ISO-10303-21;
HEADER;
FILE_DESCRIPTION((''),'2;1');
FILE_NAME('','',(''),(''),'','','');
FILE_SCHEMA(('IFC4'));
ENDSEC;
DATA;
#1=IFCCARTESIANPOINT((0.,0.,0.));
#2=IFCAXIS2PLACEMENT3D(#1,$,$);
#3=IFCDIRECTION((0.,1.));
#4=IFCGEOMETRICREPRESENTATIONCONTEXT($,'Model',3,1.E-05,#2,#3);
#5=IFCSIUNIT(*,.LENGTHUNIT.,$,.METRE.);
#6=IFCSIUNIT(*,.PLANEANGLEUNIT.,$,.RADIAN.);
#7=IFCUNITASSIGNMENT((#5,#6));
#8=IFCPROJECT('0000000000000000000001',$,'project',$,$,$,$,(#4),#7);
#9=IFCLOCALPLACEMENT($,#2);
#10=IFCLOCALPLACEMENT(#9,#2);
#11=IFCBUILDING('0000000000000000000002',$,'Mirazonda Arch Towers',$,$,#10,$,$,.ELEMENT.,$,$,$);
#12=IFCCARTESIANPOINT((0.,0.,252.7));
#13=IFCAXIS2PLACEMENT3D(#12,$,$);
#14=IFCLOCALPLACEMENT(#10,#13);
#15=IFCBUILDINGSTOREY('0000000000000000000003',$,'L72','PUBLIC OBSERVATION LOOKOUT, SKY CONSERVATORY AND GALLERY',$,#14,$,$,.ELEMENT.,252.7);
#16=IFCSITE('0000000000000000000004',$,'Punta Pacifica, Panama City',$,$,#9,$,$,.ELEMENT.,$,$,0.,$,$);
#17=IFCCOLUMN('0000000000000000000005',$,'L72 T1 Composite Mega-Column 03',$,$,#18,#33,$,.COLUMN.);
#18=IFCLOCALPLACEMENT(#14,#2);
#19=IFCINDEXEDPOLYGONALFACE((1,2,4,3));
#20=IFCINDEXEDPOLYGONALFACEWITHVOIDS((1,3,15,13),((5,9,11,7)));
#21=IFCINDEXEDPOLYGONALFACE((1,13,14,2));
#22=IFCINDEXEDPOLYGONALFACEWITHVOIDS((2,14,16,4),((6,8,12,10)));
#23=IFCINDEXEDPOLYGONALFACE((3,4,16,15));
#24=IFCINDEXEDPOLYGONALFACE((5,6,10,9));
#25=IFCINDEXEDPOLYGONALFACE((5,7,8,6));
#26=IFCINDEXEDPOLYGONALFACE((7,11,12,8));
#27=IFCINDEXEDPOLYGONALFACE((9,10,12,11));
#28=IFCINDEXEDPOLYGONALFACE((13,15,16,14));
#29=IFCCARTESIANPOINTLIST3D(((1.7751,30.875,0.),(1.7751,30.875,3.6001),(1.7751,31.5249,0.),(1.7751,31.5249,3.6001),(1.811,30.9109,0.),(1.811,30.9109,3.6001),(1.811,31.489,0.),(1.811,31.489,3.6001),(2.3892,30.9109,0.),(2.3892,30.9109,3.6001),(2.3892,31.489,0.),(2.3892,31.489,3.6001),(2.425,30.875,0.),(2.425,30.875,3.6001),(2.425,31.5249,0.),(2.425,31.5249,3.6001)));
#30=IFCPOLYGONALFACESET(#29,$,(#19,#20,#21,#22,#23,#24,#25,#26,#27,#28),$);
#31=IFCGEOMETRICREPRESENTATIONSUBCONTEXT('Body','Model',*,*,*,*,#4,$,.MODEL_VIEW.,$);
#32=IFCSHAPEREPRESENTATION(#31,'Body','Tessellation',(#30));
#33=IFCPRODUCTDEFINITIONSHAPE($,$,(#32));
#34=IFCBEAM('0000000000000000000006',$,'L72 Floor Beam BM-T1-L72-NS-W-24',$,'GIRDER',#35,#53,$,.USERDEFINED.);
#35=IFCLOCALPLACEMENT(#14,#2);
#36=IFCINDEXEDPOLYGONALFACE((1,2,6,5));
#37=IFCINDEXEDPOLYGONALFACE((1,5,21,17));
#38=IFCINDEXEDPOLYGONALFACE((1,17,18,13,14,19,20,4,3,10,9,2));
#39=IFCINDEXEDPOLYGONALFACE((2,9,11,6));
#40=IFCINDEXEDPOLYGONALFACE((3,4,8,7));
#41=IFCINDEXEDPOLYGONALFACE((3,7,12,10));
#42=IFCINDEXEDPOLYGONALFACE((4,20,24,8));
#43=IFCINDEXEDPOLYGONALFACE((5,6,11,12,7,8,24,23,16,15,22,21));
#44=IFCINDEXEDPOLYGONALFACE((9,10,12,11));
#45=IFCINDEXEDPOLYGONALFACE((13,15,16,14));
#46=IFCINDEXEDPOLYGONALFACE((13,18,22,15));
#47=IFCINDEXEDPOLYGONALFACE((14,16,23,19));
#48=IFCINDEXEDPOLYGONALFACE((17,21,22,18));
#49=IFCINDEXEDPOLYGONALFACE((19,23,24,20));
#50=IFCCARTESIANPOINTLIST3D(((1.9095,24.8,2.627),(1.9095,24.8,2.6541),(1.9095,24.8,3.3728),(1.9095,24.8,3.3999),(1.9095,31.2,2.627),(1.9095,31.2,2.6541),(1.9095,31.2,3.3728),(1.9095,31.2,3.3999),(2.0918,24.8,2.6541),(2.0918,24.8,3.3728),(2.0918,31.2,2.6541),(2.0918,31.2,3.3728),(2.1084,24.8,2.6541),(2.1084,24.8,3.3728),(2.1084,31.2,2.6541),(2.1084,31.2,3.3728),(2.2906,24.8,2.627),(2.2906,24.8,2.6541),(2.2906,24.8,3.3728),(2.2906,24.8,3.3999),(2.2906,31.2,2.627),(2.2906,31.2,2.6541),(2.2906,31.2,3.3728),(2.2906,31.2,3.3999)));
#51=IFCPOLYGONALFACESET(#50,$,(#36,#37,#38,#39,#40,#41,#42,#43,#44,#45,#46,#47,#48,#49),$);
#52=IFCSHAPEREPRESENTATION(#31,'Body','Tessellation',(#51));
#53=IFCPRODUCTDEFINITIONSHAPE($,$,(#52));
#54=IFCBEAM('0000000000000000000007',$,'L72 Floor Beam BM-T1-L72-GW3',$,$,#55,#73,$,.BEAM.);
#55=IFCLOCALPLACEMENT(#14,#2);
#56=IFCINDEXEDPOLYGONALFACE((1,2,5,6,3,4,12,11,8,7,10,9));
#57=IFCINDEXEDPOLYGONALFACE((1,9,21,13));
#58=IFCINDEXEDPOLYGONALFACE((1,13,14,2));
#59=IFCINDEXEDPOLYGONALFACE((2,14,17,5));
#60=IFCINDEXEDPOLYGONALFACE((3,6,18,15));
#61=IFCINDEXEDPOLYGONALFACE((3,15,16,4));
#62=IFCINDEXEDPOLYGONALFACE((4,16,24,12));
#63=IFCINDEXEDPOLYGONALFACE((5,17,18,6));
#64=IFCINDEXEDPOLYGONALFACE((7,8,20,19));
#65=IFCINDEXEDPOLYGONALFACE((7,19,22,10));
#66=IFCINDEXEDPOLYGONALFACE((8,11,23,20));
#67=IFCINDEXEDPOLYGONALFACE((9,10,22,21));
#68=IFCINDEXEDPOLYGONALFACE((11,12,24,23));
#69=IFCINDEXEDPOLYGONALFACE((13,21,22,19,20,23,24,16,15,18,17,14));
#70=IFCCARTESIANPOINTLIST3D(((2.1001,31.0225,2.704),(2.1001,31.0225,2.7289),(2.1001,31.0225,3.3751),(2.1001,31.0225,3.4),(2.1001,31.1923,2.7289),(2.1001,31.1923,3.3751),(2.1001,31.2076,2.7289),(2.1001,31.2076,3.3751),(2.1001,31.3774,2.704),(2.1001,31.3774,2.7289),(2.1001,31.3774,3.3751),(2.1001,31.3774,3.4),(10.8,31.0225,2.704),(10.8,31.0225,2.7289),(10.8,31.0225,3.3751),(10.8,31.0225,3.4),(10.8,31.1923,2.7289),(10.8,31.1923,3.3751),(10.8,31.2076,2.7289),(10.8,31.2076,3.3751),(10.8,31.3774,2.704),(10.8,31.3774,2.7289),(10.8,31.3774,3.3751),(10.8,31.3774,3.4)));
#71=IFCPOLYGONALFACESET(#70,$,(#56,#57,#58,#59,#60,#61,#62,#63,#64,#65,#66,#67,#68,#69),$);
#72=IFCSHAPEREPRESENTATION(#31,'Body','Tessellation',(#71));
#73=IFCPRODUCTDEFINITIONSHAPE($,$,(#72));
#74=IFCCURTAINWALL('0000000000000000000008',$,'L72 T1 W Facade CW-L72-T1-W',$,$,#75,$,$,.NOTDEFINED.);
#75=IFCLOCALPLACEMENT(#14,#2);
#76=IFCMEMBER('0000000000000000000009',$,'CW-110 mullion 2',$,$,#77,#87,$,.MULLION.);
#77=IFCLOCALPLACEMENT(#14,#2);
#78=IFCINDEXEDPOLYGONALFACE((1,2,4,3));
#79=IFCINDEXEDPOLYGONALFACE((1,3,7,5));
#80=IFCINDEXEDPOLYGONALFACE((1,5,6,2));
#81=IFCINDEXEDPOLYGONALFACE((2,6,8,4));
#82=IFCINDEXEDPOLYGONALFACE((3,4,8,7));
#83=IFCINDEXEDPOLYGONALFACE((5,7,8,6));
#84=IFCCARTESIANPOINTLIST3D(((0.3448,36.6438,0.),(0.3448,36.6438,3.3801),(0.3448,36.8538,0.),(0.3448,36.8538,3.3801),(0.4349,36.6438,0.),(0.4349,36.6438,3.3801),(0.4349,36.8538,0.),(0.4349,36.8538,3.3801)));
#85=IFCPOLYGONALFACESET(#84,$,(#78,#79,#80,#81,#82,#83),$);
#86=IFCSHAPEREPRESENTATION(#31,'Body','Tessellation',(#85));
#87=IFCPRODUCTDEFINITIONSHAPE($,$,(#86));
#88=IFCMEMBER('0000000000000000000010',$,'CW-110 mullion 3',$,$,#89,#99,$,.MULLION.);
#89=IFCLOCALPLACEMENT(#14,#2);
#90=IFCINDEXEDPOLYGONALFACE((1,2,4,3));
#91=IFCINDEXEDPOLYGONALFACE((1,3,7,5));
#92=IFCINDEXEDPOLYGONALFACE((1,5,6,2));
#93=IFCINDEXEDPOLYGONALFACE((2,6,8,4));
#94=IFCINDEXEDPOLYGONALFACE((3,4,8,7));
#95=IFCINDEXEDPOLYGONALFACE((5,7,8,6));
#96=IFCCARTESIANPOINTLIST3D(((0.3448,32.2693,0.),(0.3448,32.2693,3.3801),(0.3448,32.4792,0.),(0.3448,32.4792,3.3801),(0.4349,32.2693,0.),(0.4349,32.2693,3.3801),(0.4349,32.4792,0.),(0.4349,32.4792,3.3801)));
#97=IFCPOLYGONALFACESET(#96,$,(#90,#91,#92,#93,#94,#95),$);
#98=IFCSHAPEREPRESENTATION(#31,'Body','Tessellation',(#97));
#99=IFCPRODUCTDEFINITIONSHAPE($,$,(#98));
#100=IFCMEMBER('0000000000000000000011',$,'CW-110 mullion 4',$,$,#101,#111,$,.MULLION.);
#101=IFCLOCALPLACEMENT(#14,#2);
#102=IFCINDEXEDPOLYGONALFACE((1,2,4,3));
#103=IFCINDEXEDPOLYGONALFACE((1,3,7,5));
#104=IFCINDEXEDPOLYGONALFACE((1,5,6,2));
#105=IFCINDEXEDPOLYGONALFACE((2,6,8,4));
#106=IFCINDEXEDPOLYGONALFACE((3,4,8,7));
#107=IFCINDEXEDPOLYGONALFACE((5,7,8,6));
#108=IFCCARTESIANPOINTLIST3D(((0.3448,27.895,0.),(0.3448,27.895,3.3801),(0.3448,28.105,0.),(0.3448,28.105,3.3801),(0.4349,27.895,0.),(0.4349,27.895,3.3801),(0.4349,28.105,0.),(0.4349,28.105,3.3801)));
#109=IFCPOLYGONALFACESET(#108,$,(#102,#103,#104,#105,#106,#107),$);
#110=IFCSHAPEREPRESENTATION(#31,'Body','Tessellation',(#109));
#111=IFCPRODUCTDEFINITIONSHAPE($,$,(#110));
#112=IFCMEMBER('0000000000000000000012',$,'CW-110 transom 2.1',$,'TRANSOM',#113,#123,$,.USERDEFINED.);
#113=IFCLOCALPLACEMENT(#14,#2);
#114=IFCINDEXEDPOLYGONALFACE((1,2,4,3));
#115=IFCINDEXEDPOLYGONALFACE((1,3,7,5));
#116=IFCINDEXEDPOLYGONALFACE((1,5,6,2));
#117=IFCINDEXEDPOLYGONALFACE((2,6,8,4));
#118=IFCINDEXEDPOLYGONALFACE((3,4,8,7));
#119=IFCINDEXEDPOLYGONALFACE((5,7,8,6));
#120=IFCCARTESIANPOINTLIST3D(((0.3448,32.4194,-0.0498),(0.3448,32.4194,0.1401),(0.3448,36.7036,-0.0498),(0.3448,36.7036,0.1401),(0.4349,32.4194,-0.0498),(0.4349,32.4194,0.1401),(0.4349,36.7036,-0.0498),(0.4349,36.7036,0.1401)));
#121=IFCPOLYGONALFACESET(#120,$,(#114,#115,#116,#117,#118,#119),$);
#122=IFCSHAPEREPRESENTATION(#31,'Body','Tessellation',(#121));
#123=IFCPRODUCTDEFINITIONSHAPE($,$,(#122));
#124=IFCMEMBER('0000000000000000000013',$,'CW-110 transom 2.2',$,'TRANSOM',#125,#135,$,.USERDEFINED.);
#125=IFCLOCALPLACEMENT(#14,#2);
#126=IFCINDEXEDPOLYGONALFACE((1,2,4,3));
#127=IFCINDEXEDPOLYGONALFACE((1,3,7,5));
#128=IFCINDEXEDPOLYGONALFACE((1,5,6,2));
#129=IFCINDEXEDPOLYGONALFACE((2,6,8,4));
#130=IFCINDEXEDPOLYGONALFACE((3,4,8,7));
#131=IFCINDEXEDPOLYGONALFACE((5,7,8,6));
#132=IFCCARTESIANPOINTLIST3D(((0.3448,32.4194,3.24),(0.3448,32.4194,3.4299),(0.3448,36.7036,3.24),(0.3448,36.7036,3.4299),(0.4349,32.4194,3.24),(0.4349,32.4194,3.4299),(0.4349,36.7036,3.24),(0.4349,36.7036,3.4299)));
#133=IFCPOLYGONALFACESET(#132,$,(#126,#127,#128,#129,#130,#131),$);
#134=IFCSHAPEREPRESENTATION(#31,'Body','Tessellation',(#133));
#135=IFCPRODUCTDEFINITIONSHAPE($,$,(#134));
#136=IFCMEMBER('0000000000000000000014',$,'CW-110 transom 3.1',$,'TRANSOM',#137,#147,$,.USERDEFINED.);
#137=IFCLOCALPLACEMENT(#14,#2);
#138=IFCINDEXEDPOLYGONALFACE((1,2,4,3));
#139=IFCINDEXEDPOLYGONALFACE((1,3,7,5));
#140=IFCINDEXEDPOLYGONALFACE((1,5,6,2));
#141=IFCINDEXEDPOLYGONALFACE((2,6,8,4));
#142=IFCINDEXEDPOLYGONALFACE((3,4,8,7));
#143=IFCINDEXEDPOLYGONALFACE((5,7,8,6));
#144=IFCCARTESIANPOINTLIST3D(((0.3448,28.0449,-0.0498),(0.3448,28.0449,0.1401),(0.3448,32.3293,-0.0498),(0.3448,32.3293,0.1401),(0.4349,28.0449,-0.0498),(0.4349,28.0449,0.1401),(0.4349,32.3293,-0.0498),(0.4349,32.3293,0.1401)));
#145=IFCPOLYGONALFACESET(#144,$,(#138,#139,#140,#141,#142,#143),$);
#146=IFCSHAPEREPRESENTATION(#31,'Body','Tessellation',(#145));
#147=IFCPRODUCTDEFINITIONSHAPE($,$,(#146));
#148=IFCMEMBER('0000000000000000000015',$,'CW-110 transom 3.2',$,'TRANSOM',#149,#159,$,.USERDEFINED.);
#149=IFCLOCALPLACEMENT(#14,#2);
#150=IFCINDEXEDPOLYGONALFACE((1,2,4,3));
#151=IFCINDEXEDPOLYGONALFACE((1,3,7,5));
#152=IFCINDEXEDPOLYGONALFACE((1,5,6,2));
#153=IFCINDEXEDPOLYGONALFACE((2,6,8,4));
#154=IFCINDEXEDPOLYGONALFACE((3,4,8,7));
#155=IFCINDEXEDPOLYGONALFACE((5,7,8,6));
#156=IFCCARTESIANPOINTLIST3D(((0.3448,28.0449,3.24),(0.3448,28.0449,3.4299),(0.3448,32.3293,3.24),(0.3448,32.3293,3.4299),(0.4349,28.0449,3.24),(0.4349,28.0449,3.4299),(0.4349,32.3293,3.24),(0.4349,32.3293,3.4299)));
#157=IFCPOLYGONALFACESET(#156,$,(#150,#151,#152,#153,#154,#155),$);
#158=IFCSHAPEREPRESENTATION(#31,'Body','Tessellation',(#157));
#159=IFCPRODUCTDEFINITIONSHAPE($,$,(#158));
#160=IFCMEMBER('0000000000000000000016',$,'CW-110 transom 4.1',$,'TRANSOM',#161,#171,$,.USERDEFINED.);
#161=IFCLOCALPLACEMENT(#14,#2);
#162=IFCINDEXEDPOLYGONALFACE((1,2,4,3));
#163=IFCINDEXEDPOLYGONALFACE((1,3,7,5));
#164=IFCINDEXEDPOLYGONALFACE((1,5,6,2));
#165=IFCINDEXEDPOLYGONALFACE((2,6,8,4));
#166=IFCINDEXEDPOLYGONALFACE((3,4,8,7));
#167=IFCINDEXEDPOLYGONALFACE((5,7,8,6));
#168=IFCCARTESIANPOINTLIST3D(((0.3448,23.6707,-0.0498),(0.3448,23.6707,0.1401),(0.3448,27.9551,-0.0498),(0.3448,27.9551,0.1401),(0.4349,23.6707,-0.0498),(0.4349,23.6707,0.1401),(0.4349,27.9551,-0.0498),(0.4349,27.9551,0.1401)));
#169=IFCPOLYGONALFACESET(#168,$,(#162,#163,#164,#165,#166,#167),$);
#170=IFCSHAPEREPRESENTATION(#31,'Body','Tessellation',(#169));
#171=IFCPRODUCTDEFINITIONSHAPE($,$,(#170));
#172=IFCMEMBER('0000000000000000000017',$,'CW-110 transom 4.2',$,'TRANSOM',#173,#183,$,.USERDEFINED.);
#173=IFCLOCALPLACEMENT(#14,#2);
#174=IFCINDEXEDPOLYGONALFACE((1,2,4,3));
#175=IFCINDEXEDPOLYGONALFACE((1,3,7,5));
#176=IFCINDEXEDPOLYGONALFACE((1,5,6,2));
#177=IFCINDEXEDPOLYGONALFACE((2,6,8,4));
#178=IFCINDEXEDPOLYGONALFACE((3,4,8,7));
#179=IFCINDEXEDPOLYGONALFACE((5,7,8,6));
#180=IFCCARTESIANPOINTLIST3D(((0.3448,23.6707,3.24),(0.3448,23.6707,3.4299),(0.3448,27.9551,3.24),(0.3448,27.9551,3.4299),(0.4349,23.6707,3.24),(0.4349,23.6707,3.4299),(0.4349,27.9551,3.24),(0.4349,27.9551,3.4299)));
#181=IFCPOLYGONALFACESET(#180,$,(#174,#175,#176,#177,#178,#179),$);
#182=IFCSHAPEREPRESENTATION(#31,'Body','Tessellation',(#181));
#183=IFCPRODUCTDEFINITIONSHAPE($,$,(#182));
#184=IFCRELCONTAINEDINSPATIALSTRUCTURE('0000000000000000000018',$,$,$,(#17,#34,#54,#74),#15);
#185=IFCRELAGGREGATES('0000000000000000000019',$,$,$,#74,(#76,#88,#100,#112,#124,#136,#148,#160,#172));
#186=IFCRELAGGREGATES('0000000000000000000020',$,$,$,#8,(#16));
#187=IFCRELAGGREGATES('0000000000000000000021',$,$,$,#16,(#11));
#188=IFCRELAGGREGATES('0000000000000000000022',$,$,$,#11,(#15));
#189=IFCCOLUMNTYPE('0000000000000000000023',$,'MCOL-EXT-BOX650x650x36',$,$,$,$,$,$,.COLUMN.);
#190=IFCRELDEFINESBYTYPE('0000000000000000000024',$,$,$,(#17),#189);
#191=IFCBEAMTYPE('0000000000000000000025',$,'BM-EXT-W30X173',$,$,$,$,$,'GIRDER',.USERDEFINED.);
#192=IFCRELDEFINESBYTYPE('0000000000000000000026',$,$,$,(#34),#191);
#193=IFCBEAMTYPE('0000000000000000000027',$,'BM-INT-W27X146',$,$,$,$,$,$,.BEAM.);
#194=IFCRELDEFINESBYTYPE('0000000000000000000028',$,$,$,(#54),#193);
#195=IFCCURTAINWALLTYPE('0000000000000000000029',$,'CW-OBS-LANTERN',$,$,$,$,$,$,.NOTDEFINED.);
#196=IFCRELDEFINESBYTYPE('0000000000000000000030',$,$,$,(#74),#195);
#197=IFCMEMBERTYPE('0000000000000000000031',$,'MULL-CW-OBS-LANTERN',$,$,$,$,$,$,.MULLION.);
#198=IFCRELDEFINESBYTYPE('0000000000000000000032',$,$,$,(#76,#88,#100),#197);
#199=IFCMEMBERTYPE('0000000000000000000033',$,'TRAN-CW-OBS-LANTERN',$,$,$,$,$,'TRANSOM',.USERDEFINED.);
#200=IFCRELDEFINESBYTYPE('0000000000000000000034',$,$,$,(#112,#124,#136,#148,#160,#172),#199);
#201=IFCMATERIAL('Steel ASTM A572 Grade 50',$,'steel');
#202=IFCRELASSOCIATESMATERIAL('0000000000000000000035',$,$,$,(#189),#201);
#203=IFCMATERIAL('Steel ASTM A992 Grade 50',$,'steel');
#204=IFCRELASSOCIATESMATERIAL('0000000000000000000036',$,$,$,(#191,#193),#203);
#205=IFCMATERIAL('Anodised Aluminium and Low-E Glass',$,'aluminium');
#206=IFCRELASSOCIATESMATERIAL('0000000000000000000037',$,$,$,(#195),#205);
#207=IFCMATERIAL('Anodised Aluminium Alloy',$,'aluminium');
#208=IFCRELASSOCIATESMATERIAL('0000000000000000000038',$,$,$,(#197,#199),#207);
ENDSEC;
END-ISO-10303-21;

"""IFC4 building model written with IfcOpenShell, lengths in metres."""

from ifc_helpers import new_model, si_unit, direction, frame, origin, origin_2d, place, context, subcontext, project, spatial, rectangle, hollow_rectangle, i_section, extrude, material, material_profile, profile_set, type_object, element, aggregate, save


model = new_model("IFC4")

# Units and contexts
model_context = context("Model", 3, precision=1e-05, world=origin(), true_north=direction((0.0, 1.0)))
body_context = subcontext(model_context, "Body", "Model", "MODEL_VIEW")
ifc_project = project(units=[si_unit("LENGTHUNIT", "METRE"), si_unit("PLANEANGLEUNIT", "RADIAN")], contexts=[model_context])

# Site, building, storey
site_placement = place(None, origin())
site = spatial("IfcSite", under=ifc_project, at=site_placement, Name="Punta Pacifica, Panama City", CompositionType="ELEMENT", RefElevation=0.0)
building_placement = place(site_placement, origin())
building = spatial("IfcBuilding", under=site, at=building_placement, Name="Mirazonda Arch Towers", CompositionType="ELEMENT")
storey_placement = place(building_placement, frame((0.0, 0.0, 252.7)))
storey = spatial("IfcBuildingStorey", under=building, at=storey_placement, Name="L72", Description="PUBLIC OBSERVATION LOOKOUT, SKY CONSERVATORY AND GALLERY", CompositionType="ELEMENT", Elevation=252.7)

# Column
ifc_material_1 = material(Name="Steel ASTM A572 Grade 50", Category="steel")
ifc_material_profile_1 = material_profile(ifc_material_1, hollow_rectangle(XDim=0.6499, YDim=0.6499, WallThickness=0.0359, at=origin_2d()), Name="BOX650x650x36")
ifc_profile_set_1 = profile_set([ifc_material_profile_1], Name="Steel ASTM A572 Grade 50")
column_type = type_object("IfcColumnType", Name="MCOL-EXT-BOX650x650x36", PredefinedType="COLUMN", material=ifc_profile_set_1)
column_placement = place(storey_placement, frame((2.1001, 31.2, 0.0), z_axis=(0.0, 0.0, 1.0), x_axis=(1.0, 0.0, 0.0)))
element("IfcColumn", 1, at=column_placement, inside=storey, type_object=column_type, Name="L72 T1 Composite Mega-Column 03", PredefinedType="COLUMN", context=body_context, shape_type="SweptSolid", body=[
    extrude(hollow_rectangle(XDim=0.6499, YDim=0.6499, WallThickness=0.0359, at=origin_2d()), origin(), (0.0, 0.0, 1.0), 3.6001),
])

# Beams
ifc_material_2 = material(Name="Steel ASTM A992 Grade 50", Category="steel")
ifc_material_profile_2 = material_profile(ifc_material_2, i_section(OverallWidth=0.3811, OverallDepth=0.7729, WebThickness=0.0166, FlangeThickness=0.0271, at=origin_2d()), Name="W30X173")
ifc_profile_set_2 = profile_set([ifc_material_profile_2], Name="Steel ASTM A992 Grade 50")
beam_type_1 = type_object("IfcBeamType", Name="BM-EXT-W30X173", ElementType="GIRDER", PredefinedType="USERDEFINED", material=ifc_profile_set_2)
beam_1_placement = place(storey_placement, frame((2.1001, 24.8, 3.0134), z_axis=(0.0, 1.0, 0.0), x_axis=(-1.0, 0.0, 0.0)))
element("IfcBeam", 2, at=beam_1_placement, inside=storey, type_object=beam_type_1, Name="L72 Floor Beam BM-T1-L72-NS-W-24", ObjectType="GIRDER", PredefinedType="USERDEFINED", context=body_context, shape_type="SweptSolid", body=[
    extrude(i_section(OverallWidth=0.3811, OverallDepth=0.7729, WebThickness=0.0166, FlangeThickness=0.0271, at=origin_2d()), origin(), (0.0, 0.0, 1.0), 6.3999),
])
ifc_material_profile_3 = material_profile(ifc_material_2, i_section(OverallWidth=0.355, OverallDepth=0.696, WebThickness=0.0154, FlangeThickness=0.0249, at=origin_2d()), Name="W27X146")
ifc_profile_set_3 = profile_set([ifc_material_profile_3], Name="Steel ASTM A992 Grade 50")
beam_type_2 = type_object("IfcBeamType", Name="BM-INT-W27X146", PredefinedType="BEAM", material=ifc_profile_set_3)
beam_2_placement = place(storey_placement, frame((2.1001, 31.2, 3.052), z_axis=(1.0, 0.0, 0.0), x_axis=(0.0, 1.0, 0.0)))
element("IfcBeam", 3, at=beam_2_placement, inside=storey, type_object=beam_type_2, Name="L72 Floor Beam BM-T1-L72-GW3", PredefinedType="BEAM", context=body_context, shape_type="SweptSolid", body=[
    extrude(i_section(OverallWidth=0.355, OverallDepth=0.696, WebThickness=0.0154, FlangeThickness=0.0249, at=origin_2d()), origin(), (0.0, 0.0, 1.0), 8.7),
])

# Curtain wall, members
ifc_material_3 = material(Name="Anodised Aluminium and Low-E Glass", Category="aluminium")
curtain_wall_type = type_object("IfcCurtainWallType", Name="CW-OBS-LANTERN", PredefinedType="NOTDEFINED", material=ifc_material_3)
curtain_wall_placement = place(storey_placement, origin())
curtain_wall = element("IfcCurtainWall", 4, at=curtain_wall_placement, inside=storey, type_object=curtain_wall_type, Name="L72 T1 W Facade CW-L72-T1-W", PredefinedType="NOTDEFINED")
ifc_material_4 = material(Name="Anodised Aluminium Alloy", Category="aluminium")
ifc_material_profile_4 = material_profile(ifc_material_4, rectangle(XDim=0.0901, YDim=0.21, at=origin_2d()), Name="ALU-MULL-90x210")
ifc_profile_set_4 = profile_set([ifc_material_profile_4], Name="Anodised Aluminium Alloy")
member_type_1 = type_object("IfcMemberType", Name="MULL-CW-OBS-LANTERN", PredefinedType="MULLION", material=ifc_profile_set_4)
member_1_placement = place(storey_placement, frame((0.3899, 36.7488, 0.0), z_axis=(0.0, 0.0, 1.0), x_axis=(1.0, 0.0, 0.0)))
member_1 = element("IfcMember", 5, at=member_1_placement, type_object=member_type_1, Name="CW-110 mullion 2", PredefinedType="MULLION", context=body_context, shape_type="SweptSolid", body=[
    extrude(rectangle(XDim=0.0901, YDim=0.21, at=origin_2d()), origin(), (0.0, 0.0, 1.0), 3.3801),
])
member_2_placement = place(storey_placement, frame((0.3899, 32.3743, 0.0), z_axis=(0.0, 0.0, 1.0), x_axis=(1.0, 0.0, 0.0)))
member_2 = element("IfcMember", 6, at=member_2_placement, type_object=member_type_1, Name="CW-110 mullion 3", PredefinedType="MULLION", context=body_context, shape_type="SweptSolid", body=[
    extrude(rectangle(XDim=0.0901, YDim=0.21, at=origin_2d()), origin(), (0.0, 0.0, 1.0), 3.3801),
])
member_3_placement = place(storey_placement, frame((0.3899, 28.0, 0.0), z_axis=(0.0, 0.0, 1.0), x_axis=(1.0, 0.0, 0.0)))
member_3 = element("IfcMember", 7, at=member_3_placement, type_object=member_type_1, Name="CW-110 mullion 4", PredefinedType="MULLION", context=body_context, shape_type="SweptSolid", body=[
    extrude(rectangle(XDim=0.0901, YDim=0.21, at=origin_2d()), origin(), (0.0, 0.0, 1.0), 3.3801),
])
ifc_material_profile_5 = material_profile(ifc_material_4, rectangle(XDim=0.0901, YDim=0.1899, at=origin_2d()), Name="ALU-TRAN-90x190")
ifc_profile_set_5 = profile_set([ifc_material_profile_5], Name="Anodised Aluminium Alloy")
member_type_2 = type_object("IfcMemberType", Name="TRAN-CW-OBS-LANTERN", ElementType="TRANSOM", PredefinedType="USERDEFINED", material=ifc_profile_set_5)
member_4_placement = place(storey_placement, frame((0.3899, 36.7036, 0.0452), z_axis=(0.0, -1.0, 0.0), x_axis=(1.0, 0.0, 0.0)))
member_4 = element("IfcMember", 8, at=member_4_placement, type_object=member_type_2, Name="CW-110 transom 2.1", ObjectType="TRANSOM", PredefinedType="USERDEFINED", context=body_context, shape_type="SweptSolid", body=[
    extrude(rectangle(XDim=0.0901, YDim=0.1899, at=origin_2d()), origin(), (0.0, 0.0, 1.0), 4.2842),
])
member_5_placement = place(storey_placement, frame((0.3899, 36.7036, 3.335), z_axis=(0.0, -1.0, 0.0), x_axis=(1.0, 0.0, 0.0)))
member_5 = element("IfcMember", 9, at=member_5_placement, type_object=member_type_2, Name="CW-110 transom 2.2", ObjectType="TRANSOM", PredefinedType="USERDEFINED", context=body_context, shape_type="SweptSolid", body=[
    extrude(rectangle(XDim=0.0901, YDim=0.1899, at=origin_2d()), origin(), (0.0, 0.0, 1.0), 4.2842),
])
member_6_placement = place(storey_placement, frame((0.3899, 32.3293, 0.0452), z_axis=(0.0, -1.0, 0.0), x_axis=(1.0, 0.0, 0.0)))
member_6 = element("IfcMember", 10, at=member_6_placement, type_object=member_type_2, Name="CW-110 transom 3.1", ObjectType="TRANSOM", PredefinedType="USERDEFINED", context=body_context, shape_type="SweptSolid", body=[
    extrude(rectangle(XDim=0.0901, YDim=0.1899, at=origin_2d()), origin(), (0.0, 0.0, 1.0), 4.2844),
])
member_7_placement = place(storey_placement, frame((0.3899, 32.3293, 3.335), z_axis=(0.0, -1.0, 0.0), x_axis=(1.0, 0.0, 0.0)))
member_7 = element("IfcMember", 11, at=member_7_placement, type_object=member_type_2, Name="CW-110 transom 3.2", ObjectType="TRANSOM", PredefinedType="USERDEFINED", context=body_context, shape_type="SweptSolid", body=[
    extrude(rectangle(XDim=0.0901, YDim=0.1899, at=origin_2d()), origin(), (0.0, 0.0, 1.0), 4.2844),
])
member_8_placement = place(storey_placement, frame((0.3899, 27.9551, 0.0452), z_axis=(0.0, -1.0, 0.0), x_axis=(1.0, 0.0, 0.0)))
member_8 = element("IfcMember", 12, at=member_8_placement, type_object=member_type_2, Name="CW-110 transom 4.1", ObjectType="TRANSOM", PredefinedType="USERDEFINED", context=body_context, shape_type="SweptSolid", body=[
    extrude(rectangle(XDim=0.0901, YDim=0.1899, at=origin_2d()), origin(), (0.0, 0.0, 1.0), 4.2844),
])
member_9_placement = place(storey_placement, frame((0.3899, 27.9551, 3.335), z_axis=(0.0, -1.0, 0.0), x_axis=(1.0, 0.0, 0.0)))
member_9 = element("IfcMember", 13, at=member_9_placement, type_object=member_type_2, Name="CW-110 transom 4.2", ObjectType="TRANSOM", PredefinedType="USERDEFINED", context=body_context, shape_type="SweptSolid", body=[
    extrude(rectangle(XDim=0.0901, YDim=0.1899, at=origin_2d()), origin(), (0.0, 0.0, 1.0), 4.2844),
])
aggregate(curtain_wall, [member_1, member_2, member_3, member_4, member_5, member_6, member_7, member_8, member_9])

save(model, "model.ifc")
